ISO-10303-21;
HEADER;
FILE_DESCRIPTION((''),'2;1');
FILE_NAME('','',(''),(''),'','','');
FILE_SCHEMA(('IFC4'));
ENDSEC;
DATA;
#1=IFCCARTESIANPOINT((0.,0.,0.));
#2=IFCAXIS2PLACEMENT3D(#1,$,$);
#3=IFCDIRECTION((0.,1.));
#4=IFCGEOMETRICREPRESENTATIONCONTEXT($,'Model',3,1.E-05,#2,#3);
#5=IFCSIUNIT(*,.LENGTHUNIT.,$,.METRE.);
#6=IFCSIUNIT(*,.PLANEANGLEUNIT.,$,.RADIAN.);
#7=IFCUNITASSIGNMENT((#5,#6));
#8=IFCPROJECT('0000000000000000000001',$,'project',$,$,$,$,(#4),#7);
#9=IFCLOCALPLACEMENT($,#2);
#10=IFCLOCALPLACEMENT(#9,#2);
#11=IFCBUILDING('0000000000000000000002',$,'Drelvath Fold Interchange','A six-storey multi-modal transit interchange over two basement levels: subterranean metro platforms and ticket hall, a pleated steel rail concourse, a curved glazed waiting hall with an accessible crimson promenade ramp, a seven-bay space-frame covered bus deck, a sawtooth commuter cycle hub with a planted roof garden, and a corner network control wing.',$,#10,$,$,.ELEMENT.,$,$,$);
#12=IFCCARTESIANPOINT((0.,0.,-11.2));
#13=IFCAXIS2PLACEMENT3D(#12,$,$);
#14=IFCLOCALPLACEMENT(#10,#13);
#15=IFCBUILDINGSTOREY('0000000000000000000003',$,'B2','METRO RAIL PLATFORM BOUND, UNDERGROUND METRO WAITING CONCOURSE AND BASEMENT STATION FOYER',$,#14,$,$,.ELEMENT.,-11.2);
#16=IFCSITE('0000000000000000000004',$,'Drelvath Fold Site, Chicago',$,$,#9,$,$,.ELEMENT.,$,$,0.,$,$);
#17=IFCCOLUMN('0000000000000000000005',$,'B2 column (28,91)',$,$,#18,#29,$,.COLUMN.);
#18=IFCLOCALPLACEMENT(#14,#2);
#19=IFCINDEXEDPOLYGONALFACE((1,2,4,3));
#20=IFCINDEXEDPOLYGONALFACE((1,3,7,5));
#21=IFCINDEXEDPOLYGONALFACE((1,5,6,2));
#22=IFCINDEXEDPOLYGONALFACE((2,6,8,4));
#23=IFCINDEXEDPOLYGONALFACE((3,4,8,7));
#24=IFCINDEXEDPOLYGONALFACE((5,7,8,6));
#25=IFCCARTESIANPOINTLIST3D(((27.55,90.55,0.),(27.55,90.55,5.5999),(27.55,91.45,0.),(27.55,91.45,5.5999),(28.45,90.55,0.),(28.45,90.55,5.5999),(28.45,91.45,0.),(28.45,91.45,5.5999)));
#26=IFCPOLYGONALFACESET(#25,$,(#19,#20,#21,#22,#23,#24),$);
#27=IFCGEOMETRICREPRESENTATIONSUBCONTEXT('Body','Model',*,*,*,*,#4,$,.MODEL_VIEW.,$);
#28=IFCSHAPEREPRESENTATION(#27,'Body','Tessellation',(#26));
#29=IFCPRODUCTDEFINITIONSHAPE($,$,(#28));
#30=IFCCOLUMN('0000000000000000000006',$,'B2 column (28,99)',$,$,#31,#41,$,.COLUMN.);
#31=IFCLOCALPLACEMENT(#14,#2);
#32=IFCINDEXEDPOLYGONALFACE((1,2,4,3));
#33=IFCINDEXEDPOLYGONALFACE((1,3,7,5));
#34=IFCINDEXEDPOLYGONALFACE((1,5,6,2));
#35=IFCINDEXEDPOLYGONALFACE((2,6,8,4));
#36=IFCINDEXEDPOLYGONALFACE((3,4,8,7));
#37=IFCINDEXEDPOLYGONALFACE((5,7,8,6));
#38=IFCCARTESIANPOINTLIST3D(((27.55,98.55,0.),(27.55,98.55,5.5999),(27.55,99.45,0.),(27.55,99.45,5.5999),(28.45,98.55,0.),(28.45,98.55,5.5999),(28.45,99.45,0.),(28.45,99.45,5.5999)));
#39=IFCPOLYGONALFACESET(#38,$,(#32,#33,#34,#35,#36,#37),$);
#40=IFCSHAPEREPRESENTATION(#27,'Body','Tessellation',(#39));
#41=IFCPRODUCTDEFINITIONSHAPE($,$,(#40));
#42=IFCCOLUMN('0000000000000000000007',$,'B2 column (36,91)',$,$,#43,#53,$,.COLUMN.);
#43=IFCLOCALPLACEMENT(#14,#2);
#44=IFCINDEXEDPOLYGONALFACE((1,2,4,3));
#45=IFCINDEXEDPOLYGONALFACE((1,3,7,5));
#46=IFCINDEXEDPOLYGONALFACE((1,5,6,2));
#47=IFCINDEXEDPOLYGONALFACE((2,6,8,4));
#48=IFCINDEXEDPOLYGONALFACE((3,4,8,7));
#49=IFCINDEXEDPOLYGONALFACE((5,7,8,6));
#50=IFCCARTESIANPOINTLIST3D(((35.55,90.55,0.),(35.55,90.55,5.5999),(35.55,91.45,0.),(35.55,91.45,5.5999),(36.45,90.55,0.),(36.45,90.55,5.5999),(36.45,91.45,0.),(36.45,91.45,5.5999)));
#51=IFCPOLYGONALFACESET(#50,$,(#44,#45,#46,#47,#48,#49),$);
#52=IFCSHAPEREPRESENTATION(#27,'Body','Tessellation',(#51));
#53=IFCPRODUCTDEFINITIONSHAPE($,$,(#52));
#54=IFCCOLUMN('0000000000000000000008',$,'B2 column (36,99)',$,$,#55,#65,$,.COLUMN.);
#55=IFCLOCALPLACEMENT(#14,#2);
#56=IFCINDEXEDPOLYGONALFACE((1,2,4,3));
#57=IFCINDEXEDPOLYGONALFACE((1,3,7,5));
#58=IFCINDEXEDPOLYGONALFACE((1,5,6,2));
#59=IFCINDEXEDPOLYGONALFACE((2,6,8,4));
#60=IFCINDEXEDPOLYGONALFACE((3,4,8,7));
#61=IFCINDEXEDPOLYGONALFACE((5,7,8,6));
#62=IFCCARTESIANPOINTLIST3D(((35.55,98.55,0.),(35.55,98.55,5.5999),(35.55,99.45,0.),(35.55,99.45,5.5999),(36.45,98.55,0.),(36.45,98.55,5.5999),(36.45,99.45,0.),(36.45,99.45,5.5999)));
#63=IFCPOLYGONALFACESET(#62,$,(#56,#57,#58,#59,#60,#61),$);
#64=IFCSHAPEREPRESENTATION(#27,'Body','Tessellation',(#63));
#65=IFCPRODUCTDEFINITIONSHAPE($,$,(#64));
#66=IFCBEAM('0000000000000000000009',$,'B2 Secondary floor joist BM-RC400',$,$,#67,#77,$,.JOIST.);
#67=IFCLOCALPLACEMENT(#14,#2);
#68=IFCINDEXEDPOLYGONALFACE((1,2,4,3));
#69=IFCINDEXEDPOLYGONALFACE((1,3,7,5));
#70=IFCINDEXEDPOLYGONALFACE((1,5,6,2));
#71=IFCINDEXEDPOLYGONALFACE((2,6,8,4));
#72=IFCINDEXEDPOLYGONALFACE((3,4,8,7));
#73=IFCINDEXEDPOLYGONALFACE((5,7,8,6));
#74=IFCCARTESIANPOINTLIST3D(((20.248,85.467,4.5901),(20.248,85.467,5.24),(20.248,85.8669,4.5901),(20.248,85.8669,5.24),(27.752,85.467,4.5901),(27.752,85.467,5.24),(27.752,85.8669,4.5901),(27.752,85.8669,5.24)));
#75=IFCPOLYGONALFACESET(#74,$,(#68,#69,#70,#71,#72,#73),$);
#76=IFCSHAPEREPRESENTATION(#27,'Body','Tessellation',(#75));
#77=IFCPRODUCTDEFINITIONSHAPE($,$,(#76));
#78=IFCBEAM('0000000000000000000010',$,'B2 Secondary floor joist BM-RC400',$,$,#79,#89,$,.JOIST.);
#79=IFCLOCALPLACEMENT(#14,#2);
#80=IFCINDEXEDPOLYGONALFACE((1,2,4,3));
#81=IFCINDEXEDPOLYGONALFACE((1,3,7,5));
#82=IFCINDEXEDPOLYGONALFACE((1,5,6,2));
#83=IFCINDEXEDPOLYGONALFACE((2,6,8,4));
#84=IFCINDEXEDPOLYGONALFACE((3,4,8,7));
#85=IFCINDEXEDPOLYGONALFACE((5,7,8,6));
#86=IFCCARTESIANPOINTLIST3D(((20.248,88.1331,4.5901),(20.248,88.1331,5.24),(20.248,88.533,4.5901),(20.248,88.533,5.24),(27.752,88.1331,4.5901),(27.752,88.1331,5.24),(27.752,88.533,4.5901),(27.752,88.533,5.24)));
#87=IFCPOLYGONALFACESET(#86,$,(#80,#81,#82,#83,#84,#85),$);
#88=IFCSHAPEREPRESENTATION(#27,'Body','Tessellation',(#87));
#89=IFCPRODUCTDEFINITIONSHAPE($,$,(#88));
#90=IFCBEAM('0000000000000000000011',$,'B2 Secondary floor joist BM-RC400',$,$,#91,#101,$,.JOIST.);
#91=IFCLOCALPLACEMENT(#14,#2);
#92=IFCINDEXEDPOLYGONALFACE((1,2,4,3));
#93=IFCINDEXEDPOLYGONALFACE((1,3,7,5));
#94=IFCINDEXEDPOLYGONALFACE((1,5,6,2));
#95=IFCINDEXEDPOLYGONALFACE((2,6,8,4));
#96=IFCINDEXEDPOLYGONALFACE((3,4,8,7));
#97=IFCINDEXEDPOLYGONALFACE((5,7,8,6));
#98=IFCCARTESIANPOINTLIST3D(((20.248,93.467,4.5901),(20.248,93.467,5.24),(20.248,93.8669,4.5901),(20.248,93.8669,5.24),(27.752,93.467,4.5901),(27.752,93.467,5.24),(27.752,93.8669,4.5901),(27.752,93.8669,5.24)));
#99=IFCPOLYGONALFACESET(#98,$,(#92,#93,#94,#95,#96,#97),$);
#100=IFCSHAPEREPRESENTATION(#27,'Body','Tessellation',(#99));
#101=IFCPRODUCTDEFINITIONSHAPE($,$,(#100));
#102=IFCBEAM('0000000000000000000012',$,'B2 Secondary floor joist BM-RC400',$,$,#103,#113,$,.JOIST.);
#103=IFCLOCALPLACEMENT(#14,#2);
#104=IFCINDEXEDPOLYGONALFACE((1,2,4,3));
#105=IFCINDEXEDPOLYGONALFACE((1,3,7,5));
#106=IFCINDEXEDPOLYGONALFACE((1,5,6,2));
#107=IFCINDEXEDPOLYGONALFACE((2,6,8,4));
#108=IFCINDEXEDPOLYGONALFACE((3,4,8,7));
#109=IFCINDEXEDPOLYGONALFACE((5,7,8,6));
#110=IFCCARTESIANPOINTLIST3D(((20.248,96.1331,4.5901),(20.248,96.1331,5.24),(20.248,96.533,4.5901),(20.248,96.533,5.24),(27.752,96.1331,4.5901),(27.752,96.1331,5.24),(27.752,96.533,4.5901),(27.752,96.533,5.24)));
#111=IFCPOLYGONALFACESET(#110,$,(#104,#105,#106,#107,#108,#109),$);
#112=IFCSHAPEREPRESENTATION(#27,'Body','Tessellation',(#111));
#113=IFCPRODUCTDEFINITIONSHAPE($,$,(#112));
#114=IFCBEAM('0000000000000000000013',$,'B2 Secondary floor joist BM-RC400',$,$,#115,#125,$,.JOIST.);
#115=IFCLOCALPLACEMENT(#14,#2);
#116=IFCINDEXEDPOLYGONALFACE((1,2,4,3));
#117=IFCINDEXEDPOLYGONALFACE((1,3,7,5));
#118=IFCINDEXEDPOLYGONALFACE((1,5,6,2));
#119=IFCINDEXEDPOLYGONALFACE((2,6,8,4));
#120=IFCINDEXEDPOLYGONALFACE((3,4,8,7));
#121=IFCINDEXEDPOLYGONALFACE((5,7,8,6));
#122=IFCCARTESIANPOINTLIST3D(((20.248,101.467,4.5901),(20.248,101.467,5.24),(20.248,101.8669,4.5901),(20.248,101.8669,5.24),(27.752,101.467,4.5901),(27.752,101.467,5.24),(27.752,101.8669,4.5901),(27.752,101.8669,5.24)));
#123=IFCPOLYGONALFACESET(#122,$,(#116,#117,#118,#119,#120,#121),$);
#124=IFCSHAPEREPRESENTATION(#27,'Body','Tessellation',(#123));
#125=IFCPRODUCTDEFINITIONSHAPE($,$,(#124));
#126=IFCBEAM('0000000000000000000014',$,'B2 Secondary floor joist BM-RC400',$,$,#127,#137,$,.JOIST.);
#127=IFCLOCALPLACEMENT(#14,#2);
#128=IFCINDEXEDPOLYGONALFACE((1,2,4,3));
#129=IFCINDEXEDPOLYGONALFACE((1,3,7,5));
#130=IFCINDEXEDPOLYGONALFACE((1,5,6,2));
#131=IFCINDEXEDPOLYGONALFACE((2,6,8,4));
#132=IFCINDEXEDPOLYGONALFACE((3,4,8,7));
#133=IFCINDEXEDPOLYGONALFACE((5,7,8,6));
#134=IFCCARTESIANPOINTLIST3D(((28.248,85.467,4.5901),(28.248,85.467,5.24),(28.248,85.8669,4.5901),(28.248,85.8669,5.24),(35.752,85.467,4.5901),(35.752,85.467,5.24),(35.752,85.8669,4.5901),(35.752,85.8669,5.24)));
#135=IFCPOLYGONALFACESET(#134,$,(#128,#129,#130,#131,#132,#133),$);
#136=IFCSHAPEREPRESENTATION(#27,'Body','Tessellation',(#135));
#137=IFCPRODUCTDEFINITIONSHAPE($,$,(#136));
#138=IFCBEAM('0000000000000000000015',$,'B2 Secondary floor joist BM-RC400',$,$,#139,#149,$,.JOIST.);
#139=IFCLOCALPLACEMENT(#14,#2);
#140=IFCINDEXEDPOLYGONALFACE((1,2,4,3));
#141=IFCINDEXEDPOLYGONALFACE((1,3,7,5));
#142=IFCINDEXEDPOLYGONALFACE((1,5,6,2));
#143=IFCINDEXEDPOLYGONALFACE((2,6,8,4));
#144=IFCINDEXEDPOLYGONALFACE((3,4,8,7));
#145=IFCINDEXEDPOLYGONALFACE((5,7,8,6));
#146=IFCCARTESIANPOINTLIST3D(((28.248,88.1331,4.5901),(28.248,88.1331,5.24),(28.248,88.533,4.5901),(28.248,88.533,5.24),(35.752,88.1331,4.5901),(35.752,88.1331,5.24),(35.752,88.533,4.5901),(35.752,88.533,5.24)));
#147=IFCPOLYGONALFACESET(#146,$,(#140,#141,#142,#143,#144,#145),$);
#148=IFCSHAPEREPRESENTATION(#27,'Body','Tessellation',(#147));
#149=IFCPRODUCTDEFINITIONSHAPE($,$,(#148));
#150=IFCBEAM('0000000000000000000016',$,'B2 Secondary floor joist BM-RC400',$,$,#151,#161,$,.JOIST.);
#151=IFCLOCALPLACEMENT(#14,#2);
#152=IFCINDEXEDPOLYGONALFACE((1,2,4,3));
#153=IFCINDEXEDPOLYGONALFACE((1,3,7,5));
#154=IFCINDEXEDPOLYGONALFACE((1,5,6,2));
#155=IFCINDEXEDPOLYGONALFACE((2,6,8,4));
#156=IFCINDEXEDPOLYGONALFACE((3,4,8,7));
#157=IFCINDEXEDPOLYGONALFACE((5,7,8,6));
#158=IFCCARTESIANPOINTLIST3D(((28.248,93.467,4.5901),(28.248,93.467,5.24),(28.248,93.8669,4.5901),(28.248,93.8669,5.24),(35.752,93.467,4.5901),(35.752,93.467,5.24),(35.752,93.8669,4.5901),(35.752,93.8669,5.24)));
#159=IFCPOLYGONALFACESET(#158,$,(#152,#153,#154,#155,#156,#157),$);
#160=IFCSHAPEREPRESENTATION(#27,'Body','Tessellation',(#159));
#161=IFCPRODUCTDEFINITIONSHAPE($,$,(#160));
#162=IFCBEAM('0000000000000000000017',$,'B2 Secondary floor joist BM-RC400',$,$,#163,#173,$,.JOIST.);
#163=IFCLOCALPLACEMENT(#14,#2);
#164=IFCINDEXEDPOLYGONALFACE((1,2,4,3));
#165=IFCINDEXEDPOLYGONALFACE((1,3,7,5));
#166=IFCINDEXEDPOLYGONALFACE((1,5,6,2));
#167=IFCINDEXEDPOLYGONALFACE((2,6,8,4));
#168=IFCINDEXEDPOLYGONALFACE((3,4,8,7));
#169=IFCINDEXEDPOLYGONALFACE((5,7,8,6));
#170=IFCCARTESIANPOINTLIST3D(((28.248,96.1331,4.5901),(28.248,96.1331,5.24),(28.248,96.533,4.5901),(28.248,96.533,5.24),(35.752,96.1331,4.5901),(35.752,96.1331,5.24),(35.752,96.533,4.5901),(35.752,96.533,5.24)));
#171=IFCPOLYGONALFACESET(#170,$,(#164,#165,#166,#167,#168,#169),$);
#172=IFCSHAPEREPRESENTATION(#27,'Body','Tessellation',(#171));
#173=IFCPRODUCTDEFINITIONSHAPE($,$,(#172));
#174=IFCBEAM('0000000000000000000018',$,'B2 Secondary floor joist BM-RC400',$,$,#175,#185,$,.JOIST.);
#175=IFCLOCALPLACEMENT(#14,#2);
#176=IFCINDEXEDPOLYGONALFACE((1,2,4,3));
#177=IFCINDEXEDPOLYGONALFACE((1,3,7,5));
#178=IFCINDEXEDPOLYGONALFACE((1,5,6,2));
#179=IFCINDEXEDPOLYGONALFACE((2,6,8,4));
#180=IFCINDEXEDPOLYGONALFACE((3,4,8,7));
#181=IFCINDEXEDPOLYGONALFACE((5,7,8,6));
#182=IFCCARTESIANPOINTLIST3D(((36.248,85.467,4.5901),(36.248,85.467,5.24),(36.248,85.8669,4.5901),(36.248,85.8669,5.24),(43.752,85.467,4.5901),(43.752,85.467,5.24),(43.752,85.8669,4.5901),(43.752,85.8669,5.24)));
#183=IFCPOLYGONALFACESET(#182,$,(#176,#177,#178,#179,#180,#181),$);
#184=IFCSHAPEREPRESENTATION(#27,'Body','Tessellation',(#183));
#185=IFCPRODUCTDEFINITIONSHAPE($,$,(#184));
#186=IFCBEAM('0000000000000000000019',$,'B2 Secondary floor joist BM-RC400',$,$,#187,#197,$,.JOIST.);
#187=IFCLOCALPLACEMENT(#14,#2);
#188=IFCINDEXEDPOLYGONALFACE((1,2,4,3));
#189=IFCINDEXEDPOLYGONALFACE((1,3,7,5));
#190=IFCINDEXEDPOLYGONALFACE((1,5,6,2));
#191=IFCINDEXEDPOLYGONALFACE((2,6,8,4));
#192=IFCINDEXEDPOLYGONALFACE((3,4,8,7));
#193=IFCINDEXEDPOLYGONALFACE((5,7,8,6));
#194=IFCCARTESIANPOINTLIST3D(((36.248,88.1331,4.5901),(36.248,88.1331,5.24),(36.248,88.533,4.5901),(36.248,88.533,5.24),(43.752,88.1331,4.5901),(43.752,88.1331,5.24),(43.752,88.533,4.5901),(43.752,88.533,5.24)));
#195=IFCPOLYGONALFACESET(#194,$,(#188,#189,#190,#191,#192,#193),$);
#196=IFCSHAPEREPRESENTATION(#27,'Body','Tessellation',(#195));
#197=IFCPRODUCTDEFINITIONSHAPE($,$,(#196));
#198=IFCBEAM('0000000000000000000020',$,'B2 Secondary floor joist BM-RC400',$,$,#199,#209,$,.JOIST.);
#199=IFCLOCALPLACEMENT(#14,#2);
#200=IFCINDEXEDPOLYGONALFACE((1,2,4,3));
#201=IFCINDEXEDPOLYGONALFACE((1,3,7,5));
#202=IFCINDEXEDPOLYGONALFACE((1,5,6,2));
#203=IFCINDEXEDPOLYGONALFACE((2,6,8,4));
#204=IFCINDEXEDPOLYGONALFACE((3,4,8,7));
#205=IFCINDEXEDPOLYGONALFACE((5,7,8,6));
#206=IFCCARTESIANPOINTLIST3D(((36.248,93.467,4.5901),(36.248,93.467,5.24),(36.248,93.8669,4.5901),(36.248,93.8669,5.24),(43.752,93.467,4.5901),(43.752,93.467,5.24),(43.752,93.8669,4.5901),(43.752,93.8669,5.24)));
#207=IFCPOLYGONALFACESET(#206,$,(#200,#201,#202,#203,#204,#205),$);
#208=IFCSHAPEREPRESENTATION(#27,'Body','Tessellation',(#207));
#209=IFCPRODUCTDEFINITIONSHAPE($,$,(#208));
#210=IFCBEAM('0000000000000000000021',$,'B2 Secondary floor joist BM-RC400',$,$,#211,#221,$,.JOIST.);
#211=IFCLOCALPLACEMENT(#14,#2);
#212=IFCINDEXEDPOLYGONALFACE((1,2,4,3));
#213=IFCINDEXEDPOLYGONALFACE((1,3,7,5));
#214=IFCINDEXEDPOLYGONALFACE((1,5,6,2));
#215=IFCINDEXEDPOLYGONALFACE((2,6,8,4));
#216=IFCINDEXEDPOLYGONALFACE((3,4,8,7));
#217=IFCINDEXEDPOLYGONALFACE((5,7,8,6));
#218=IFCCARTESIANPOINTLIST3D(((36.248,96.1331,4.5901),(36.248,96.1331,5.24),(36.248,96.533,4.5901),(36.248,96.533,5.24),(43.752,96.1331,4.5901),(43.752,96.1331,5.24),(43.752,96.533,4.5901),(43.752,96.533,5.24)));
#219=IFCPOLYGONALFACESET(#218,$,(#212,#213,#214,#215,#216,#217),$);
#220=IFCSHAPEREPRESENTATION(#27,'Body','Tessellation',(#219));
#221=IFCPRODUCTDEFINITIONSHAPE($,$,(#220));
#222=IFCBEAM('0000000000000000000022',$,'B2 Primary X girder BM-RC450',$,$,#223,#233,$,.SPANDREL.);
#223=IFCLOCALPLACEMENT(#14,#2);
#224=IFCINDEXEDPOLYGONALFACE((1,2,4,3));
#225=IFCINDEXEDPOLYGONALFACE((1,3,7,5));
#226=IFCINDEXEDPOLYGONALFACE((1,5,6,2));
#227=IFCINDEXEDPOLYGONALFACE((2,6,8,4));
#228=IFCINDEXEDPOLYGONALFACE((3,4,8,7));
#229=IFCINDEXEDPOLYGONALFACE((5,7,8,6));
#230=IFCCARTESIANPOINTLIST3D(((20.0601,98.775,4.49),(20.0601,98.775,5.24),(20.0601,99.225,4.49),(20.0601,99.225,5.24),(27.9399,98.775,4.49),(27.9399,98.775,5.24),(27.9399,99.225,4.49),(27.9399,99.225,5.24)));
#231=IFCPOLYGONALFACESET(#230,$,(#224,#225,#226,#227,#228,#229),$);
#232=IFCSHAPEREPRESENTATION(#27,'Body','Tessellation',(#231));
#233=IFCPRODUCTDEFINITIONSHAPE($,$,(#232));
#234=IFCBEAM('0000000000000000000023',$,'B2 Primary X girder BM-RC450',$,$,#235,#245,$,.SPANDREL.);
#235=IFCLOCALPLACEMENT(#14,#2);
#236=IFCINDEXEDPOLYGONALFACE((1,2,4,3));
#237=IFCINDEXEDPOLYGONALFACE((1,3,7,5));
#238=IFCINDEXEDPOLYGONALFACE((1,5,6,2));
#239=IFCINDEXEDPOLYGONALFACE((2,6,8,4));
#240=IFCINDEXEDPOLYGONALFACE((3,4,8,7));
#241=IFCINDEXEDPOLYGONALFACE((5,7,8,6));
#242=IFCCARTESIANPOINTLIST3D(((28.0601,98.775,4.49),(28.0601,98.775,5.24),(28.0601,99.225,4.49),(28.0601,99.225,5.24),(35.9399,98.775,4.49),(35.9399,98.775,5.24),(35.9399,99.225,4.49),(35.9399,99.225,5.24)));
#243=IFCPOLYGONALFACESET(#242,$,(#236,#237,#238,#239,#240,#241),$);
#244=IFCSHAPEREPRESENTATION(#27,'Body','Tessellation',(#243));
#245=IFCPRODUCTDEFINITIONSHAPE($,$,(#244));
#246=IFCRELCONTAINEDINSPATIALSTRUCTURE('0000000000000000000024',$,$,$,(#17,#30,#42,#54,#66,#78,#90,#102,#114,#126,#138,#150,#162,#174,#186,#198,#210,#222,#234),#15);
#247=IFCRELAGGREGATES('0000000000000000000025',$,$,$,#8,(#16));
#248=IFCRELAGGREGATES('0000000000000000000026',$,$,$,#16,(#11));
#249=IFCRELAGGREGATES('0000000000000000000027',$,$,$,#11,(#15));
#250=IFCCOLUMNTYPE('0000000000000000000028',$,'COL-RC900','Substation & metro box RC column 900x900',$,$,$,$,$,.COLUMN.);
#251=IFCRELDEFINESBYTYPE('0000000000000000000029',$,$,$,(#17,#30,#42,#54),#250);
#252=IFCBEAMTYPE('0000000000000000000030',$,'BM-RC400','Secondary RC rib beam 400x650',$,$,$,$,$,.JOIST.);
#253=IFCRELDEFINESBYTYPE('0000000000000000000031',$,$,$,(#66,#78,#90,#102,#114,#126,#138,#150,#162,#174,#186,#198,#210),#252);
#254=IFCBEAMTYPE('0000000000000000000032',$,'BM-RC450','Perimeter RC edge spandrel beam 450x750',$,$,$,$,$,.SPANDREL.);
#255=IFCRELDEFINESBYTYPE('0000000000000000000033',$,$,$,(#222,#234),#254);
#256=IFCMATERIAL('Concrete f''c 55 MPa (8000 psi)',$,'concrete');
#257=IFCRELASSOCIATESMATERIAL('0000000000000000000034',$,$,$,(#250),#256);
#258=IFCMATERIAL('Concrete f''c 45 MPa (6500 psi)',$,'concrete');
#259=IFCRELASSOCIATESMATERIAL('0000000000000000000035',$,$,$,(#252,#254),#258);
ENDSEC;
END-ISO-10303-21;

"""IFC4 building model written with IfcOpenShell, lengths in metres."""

from ifc_helpers import new_model, si_unit, direction, frame, origin, origin_2d, place, context, subcontext, project, spatial, rectangle, extrude, material, material_profile, profile_set, type_object, element, save


model = new_model("IFC4")

# Units and contexts
model_context = context("Model", 3, precision=1e-05, world=origin(), true_north=direction((0.0, 1.0)))
body_context = subcontext(model_context, "Body", "Model", "MODEL_VIEW")
ifc_project = project(units=[si_unit("LENGTHUNIT", "METRE"), si_unit("PLANEANGLEUNIT", "RADIAN")], contexts=[model_context])

# Site, building, storey
site_placement = place(None, origin())
site = spatial("IfcSite", under=ifc_project, at=site_placement, Name="Drelvath Fold Site, Chicago", CompositionType="ELEMENT", RefElevation=0.0)
building_placement = place(site_placement, origin())
building = spatial("IfcBuilding", under=site, at=building_placement, Name="Drelvath Fold Interchange", Description="A six-storey multi-modal transit interchange over two basement levels: subterranean metro platforms and ticket hall, a pleated steel rail concourse, a curved glazed waiting hall with an accessible crimson promenade ramp, a seven-bay space-frame covered bus deck, a sawtooth commuter cycle hub with a planted roof garden, and a corner network control wing.", CompositionType="ELEMENT")
storey_placement = place(building_placement, frame((0.0, 0.0, -11.2)))
storey = spatial("IfcBuildingStorey", under=building, at=storey_placement, Name="B2", Description="METRO RAIL PLATFORM BOUND, UNDERGROUND METRO WAITING CONCOURSE AND BASEMENT STATION FOYER", CompositionType="ELEMENT", Elevation=-11.2)

# Shared definitions
ifc_material_1 = material(Name="Concrete f'c 55 MPa (8000 psi)", Category="concrete")

# Columns
ifc_material_profile_1 = material_profile(ifc_material_1, rectangle(XDim=0.8999, YDim=0.8999, at=origin_2d()), Name="RC 900x900")
ifc_profile_set_1 = profile_set([ifc_material_profile_1], Name="Concrete f'c 55 MPa (8000 psi)")
column_type = type_object("IfcColumnType", Name="COL-RC900", Description="Substation & metro box RC column 900x900", PredefinedType="COLUMN", material=ifc_profile_set_1)
for number, where, z_axis, x_axis, name in (
    (1, (28.0, 91.0, 0.0), (0.0, 0.0, 1.0), (1.0, 0.0, 0.0), "B2 column (28,91)"),
    (2, (28.0, 99.0, 0.0), (0.0, 0.0, 1.0), (1.0, 0.0, 0.0), "B2 column (28,99)"),
    (3, (36.0, 91.0, 0.0), (0.0, 0.0, 1.0), (1.0, 0.0, 0.0), "B2 column (36,91)"),
    (4, (36.0, 99.0, 0.0), (0.0, 0.0, 1.0), (1.0, 0.0, 0.0), "B2 column (36,99)"),
):
    element("IfcColumn", number, at=place(storey_placement, frame(where, z_axis=z_axis, x_axis=x_axis)), inside=storey, type_object=column_type, Name=name, PredefinedType="COLUMN", context=body_context, shape_type="SweptSolid", body=[
        extrude(rectangle(XDim=0.8999, YDim=0.8999, at=origin_2d()), origin(), (0.0, 0.0, 1.0), 5.5999),
    ])

# Beams
ifc_material_2 = material(Name="Concrete f'c 45 MPa (6500 psi)", Category="concrete")
ifc_material_profile_2 = material_profile(ifc_material_2, rectangle(XDim=0.3999, YDim=0.6499, at=origin_2d()), Name="RC 400x650")
ifc_profile_set_2 = profile_set([ifc_material_profile_2], Name="Concrete f'c 45 MPa (6500 psi)")
beam_type_1 = type_object("IfcBeamType", Name="BM-RC400", Description="Secondary RC rib beam 400x650", PredefinedType="JOIST", material=ifc_profile_set_2)
for number, where, z_axis, x_axis, name in (
    (5, (20.248, 85.667, 4.915), (1.0, 0.0, 0.0), (0.0, 1.0, 0.0), "B2 Secondary floor joist BM-RC400"),
    (6, (20.248, 88.333, 4.915), (1.0, 0.0, 0.0), (0.0, 1.0, 0.0), "B2 Secondary floor joist BM-RC400"),
    (7, (20.248, 93.667, 4.915), (1.0, 0.0, 0.0), (0.0, 1.0, 0.0), "B2 Secondary floor joist BM-RC400"),
    (8, (20.248, 96.333, 4.915), (1.0, 0.0, 0.0), (0.0, 1.0, 0.0), "B2 Secondary floor joist BM-RC400"),
    (9, (20.248, 101.667, 4.915), (1.0, 0.0, 0.0), (0.0, 1.0, 0.0), "B2 Secondary floor joist BM-RC400"),
    (10, (28.248, 85.667, 4.915), (1.0, 0.0, 0.0), (0.0, 1.0, 0.0), "B2 Secondary floor joist BM-RC400"),
    (11, (28.248, 88.333, 4.915), (1.0, 0.0, 0.0), (0.0, 1.0, 0.0), "B2 Secondary floor joist BM-RC400"),
    (12, (28.248, 93.667, 4.915), (1.0, 0.0, 0.0), (0.0, 1.0, 0.0), "B2 Secondary floor joist BM-RC400"),
    (13, (28.248, 96.333, 4.915), (1.0, 0.0, 0.0), (0.0, 1.0, 0.0), "B2 Secondary floor joist BM-RC400"),
    (14, (36.248, 85.667, 4.915), (1.0, 0.0, 0.0), (0.0, 1.0, 0.0), "B2 Secondary floor joist BM-RC400"),
    (15, (36.248, 88.333, 4.915), (1.0, 0.0, 0.0), (0.0, 1.0, 0.0), "B2 Secondary floor joist BM-RC400"),
    (16, (36.248, 93.667, 4.915), (1.0, 0.0, 0.0), (0.0, 1.0, 0.0), "B2 Secondary floor joist BM-RC400"),
    (17, (36.248, 96.333, 4.915), (1.0, 0.0, 0.0), (0.0, 1.0, 0.0), "B2 Secondary floor joist BM-RC400"),
):
    element("IfcBeam", number, at=place(storey_placement, frame(where, z_axis=z_axis, x_axis=x_axis)), inside=storey, type_object=beam_type_1, Name=name, PredefinedType="JOIST", context=body_context, shape_type="SweptSolid", body=[
        extrude(rectangle(XDim=0.3999, YDim=0.6499, at=origin_2d()), origin(), (0.0, 0.0, 1.0), 7.5039),
    ])
ifc_material_profile_3 = material_profile(ifc_material_2, rectangle(XDim=0.45, YDim=0.75, at=origin_2d()), Name="RC 450x750")
ifc_profile_set_3 = profile_set([ifc_material_profile_3], Name="Concrete f'c 45 MPa (6500 psi)")
beam_type_2 = type_object("IfcBeamType", Name="BM-RC450", Description="Perimeter RC edge spandrel beam 450x750", PredefinedType="SPANDREL", material=ifc_profile_set_3)
for number, where, z_axis, x_axis, name in (
    (18, (20.0601, 99.0, 4.865), (1.0, 0.0, 0.0), (0.0, 1.0, 0.0), "B2 Primary X girder BM-RC450"),
    (19, (28.0601, 99.0, 4.865), (1.0, 0.0, 0.0), (0.0, 1.0, 0.0), "B2 Primary X girder BM-RC450"),
):
    element("IfcBeam", number, at=place(storey_placement, frame(where, z_axis=z_axis, x_axis=x_axis)), inside=storey, type_object=beam_type_2, Name=name, PredefinedType="SPANDREL", context=body_context, shape_type="SweptSolid", body=[
        extrude(rectangle(XDim=0.45, YDim=0.75, at=origin_2d()), origin(), (0.0, 0.0, 1.0), 7.8799),
    ])

save(model, "model.ifc")
